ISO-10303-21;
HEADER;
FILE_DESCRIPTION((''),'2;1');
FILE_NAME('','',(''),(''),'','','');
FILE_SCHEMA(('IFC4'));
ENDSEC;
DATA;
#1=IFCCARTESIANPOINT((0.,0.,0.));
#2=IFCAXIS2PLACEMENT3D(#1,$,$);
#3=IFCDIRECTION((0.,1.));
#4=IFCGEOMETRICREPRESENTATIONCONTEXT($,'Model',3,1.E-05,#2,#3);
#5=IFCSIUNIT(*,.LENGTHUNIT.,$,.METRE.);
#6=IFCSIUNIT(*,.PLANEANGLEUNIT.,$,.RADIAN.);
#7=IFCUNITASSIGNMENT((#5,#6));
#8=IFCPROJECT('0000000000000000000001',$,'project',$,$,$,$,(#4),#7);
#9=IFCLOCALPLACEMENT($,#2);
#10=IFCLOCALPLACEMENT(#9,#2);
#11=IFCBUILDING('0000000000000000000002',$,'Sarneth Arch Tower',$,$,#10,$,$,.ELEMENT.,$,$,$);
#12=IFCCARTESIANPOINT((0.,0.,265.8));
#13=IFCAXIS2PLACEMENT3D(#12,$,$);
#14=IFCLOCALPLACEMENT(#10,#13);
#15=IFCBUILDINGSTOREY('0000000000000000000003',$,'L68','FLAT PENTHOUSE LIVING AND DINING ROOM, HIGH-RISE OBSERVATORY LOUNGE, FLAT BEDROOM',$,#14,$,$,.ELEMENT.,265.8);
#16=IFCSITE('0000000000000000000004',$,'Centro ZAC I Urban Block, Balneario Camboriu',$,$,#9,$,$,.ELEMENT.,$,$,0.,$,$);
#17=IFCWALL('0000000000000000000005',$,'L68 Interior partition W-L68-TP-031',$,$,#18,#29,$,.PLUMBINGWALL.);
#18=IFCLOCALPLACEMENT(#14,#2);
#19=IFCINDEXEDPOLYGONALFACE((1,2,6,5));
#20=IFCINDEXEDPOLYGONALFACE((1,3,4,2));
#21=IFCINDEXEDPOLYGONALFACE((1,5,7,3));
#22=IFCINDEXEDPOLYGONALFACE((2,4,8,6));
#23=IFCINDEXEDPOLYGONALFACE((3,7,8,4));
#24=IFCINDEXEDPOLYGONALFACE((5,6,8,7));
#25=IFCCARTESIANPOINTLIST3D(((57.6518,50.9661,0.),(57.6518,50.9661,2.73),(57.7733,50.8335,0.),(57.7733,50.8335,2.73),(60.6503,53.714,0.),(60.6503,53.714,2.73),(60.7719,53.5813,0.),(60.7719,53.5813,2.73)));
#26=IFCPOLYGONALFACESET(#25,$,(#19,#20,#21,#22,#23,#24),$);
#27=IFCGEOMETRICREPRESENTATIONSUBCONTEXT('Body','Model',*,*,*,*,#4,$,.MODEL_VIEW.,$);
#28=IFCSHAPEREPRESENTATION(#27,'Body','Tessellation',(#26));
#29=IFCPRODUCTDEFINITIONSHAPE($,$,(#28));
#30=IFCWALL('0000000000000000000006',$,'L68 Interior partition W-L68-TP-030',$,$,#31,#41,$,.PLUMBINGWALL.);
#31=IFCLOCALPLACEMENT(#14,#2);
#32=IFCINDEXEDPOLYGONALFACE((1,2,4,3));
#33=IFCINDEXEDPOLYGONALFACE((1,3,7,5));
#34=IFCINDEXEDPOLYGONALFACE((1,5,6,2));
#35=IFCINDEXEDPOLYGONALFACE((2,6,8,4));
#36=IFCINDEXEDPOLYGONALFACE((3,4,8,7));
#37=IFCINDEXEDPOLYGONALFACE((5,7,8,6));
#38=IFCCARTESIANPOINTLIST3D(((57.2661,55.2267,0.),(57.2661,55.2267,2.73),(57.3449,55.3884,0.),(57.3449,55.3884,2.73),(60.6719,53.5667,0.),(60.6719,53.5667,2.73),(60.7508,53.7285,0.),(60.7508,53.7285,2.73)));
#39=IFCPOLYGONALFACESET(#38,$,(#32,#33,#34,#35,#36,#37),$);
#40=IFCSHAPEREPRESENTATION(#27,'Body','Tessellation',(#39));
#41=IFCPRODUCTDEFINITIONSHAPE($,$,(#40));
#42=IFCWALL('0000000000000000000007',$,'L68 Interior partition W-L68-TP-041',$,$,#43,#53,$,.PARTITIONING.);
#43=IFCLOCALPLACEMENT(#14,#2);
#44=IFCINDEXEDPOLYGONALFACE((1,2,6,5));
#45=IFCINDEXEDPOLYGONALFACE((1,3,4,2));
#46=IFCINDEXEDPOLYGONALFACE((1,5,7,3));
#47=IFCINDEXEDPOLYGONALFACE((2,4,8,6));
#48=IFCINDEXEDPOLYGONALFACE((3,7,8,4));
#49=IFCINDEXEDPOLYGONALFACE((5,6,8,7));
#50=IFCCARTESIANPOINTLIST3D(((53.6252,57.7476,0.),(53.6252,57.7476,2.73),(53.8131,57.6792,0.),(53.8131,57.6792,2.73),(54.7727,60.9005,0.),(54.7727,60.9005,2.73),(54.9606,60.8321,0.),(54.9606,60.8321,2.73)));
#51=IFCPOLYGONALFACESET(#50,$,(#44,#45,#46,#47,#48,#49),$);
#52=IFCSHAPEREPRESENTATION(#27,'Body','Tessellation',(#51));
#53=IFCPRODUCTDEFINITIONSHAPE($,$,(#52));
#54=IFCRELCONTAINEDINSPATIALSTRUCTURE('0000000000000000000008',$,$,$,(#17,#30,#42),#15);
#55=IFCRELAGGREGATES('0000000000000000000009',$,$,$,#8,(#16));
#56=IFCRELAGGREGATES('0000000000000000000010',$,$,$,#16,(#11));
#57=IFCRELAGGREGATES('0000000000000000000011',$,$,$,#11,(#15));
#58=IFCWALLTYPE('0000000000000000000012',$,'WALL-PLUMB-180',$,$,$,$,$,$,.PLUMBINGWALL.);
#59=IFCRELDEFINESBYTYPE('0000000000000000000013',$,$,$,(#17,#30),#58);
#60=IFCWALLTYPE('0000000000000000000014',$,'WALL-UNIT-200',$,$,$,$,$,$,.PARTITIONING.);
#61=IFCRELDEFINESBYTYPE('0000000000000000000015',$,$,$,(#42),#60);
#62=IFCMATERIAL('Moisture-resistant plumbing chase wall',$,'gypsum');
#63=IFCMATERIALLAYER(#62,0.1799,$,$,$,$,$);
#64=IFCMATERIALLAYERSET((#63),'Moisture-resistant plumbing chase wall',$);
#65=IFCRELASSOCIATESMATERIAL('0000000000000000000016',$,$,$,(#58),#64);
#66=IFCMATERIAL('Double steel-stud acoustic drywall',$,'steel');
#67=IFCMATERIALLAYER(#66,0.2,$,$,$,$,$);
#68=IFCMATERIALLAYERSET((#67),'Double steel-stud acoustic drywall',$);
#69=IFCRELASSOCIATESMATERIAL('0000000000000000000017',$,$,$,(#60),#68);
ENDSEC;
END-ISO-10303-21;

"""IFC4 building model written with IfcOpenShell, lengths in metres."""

from ifc_helpers import new_model, si_unit, direction, frame, frame_2d, origin, place, context, subcontext, project, spatial, rectangle, extrude, material, layer, layer_set, type_object, element, save


model = new_model("IFC4")

# Units and contexts
model_context = context("Model", 3, precision=1e-05, world=origin(), true_north=direction((0.0, 1.0)))
body_context = subcontext(model_context, "Body", "Model", "MODEL_VIEW")
ifc_project = project(units=[si_unit("LENGTHUNIT", "METRE"), si_unit("PLANEANGLEUNIT", "RADIAN")], contexts=[model_context])

# Site, building, storey
site_placement = place(None, origin())
site = spatial("IfcSite", under=ifc_project, at=site_placement, Name="Centro ZAC I Urban Block, Balneario Camboriu", CompositionType="ELEMENT", RefElevation=0.0)
building_placement = place(site_placement, origin())
building = spatial("IfcBuilding", under=site, at=building_placement, Name="Sarneth Arch Tower", CompositionType="ELEMENT")
storey_placement = place(building_placement, frame((0.0, 0.0, 265.8)))
storey = spatial("IfcBuildingStorey", under=building, at=storey_placement, Name="L68", Description="FLAT PENTHOUSE LIVING AND DINING ROOM, HIGH-RISE OBSERVATORY LOUNGE, FLAT BEDROOM", CompositionType="ELEMENT", Elevation=265.8)

# Walls
ifc_material_1 = material(Name="Moisture-resistant plumbing chase wall", Category="gypsum")
ifc_layer_1 = layer(ifc_material_1, 0.1799)
ifc_layer_set_1 = layer_set([ifc_layer_1], Name="Moisture-resistant plumbing chase wall")
wall_type_1 = type_object("IfcWallType", Name="WALL-PLUMB-180", PredefinedType="PLUMBINGWALL", material=ifc_layer_set_1)
wall_1_placement = place(storey_placement, frame((60.7112, 53.6477, 0.0), z_axis=(0.0, 0.0, 1.0), x_axis=(-0.737259, -0.67561, 0.0)))
element("IfcWall", 1, at=wall_1_placement, inside=storey, type_object=wall_type_1, Name="L68 Interior partition W-L68-TP-031", PredefinedType="PLUMBINGWALL", context=body_context, shape_type="SweptSolid", body=[
    extrude(rectangle(XDim=4.0671, YDim=0.1799, at=frame_2d((2.0337, 0.0))), origin(), (0.0, 0.0, 1.0), 2.73),
])
wall_2_placement = place(storey_placement, frame((57.3054, 55.3076, 0.0), z_axis=(0.0, 0.0, 1.0), x_axis=(0.898918, -0.438118, 0.0)))
element("IfcWall", 2, at=wall_2_placement, inside=storey, type_object=wall_type_1, Name="L68 Interior partition W-L68-TP-030", PredefinedType="PLUMBINGWALL", context=body_context, shape_type="SweptSolid", body=[
    extrude(rectangle(XDim=3.7888, YDim=0.1799, at=frame_2d((1.8945, 0.0))), origin(), (0.0, 0.0, 1.0), 2.73),
])
ifc_material_2 = material(Name="Double steel-stud acoustic drywall", Category="steel")
ifc_layer_2 = layer(ifc_material_2, 0.2)
ifc_layer_set_2 = layer_set([ifc_layer_2], Name="Double steel-stud acoustic drywall")
wall_type_2 = type_object("IfcWallType", Name="WALL-UNIT-200", PredefinedType="PARTITIONING", material=ifc_layer_set_2)
wall_3_placement = place(storey_placement, frame((54.8667, 60.8665, 0.0), z_axis=(0.0, 0.0, 1.0), x_axis=(-0.342, -0.9397, 0.0)))
element("IfcWall", 3, at=wall_3_placement, inside=storey, type_object=wall_type_2, Name="L68 Interior partition W-L68-TP-041", PredefinedType="PARTITIONING", context=body_context, shape_type="SweptSolid", body=[
    extrude(rectangle(XDim=3.3552, YDim=0.2, at=frame_2d((1.6777, 0.0))), origin(), (0.0, 0.0, 1.0), 2.73),
])

save(model, "model.ifc")
